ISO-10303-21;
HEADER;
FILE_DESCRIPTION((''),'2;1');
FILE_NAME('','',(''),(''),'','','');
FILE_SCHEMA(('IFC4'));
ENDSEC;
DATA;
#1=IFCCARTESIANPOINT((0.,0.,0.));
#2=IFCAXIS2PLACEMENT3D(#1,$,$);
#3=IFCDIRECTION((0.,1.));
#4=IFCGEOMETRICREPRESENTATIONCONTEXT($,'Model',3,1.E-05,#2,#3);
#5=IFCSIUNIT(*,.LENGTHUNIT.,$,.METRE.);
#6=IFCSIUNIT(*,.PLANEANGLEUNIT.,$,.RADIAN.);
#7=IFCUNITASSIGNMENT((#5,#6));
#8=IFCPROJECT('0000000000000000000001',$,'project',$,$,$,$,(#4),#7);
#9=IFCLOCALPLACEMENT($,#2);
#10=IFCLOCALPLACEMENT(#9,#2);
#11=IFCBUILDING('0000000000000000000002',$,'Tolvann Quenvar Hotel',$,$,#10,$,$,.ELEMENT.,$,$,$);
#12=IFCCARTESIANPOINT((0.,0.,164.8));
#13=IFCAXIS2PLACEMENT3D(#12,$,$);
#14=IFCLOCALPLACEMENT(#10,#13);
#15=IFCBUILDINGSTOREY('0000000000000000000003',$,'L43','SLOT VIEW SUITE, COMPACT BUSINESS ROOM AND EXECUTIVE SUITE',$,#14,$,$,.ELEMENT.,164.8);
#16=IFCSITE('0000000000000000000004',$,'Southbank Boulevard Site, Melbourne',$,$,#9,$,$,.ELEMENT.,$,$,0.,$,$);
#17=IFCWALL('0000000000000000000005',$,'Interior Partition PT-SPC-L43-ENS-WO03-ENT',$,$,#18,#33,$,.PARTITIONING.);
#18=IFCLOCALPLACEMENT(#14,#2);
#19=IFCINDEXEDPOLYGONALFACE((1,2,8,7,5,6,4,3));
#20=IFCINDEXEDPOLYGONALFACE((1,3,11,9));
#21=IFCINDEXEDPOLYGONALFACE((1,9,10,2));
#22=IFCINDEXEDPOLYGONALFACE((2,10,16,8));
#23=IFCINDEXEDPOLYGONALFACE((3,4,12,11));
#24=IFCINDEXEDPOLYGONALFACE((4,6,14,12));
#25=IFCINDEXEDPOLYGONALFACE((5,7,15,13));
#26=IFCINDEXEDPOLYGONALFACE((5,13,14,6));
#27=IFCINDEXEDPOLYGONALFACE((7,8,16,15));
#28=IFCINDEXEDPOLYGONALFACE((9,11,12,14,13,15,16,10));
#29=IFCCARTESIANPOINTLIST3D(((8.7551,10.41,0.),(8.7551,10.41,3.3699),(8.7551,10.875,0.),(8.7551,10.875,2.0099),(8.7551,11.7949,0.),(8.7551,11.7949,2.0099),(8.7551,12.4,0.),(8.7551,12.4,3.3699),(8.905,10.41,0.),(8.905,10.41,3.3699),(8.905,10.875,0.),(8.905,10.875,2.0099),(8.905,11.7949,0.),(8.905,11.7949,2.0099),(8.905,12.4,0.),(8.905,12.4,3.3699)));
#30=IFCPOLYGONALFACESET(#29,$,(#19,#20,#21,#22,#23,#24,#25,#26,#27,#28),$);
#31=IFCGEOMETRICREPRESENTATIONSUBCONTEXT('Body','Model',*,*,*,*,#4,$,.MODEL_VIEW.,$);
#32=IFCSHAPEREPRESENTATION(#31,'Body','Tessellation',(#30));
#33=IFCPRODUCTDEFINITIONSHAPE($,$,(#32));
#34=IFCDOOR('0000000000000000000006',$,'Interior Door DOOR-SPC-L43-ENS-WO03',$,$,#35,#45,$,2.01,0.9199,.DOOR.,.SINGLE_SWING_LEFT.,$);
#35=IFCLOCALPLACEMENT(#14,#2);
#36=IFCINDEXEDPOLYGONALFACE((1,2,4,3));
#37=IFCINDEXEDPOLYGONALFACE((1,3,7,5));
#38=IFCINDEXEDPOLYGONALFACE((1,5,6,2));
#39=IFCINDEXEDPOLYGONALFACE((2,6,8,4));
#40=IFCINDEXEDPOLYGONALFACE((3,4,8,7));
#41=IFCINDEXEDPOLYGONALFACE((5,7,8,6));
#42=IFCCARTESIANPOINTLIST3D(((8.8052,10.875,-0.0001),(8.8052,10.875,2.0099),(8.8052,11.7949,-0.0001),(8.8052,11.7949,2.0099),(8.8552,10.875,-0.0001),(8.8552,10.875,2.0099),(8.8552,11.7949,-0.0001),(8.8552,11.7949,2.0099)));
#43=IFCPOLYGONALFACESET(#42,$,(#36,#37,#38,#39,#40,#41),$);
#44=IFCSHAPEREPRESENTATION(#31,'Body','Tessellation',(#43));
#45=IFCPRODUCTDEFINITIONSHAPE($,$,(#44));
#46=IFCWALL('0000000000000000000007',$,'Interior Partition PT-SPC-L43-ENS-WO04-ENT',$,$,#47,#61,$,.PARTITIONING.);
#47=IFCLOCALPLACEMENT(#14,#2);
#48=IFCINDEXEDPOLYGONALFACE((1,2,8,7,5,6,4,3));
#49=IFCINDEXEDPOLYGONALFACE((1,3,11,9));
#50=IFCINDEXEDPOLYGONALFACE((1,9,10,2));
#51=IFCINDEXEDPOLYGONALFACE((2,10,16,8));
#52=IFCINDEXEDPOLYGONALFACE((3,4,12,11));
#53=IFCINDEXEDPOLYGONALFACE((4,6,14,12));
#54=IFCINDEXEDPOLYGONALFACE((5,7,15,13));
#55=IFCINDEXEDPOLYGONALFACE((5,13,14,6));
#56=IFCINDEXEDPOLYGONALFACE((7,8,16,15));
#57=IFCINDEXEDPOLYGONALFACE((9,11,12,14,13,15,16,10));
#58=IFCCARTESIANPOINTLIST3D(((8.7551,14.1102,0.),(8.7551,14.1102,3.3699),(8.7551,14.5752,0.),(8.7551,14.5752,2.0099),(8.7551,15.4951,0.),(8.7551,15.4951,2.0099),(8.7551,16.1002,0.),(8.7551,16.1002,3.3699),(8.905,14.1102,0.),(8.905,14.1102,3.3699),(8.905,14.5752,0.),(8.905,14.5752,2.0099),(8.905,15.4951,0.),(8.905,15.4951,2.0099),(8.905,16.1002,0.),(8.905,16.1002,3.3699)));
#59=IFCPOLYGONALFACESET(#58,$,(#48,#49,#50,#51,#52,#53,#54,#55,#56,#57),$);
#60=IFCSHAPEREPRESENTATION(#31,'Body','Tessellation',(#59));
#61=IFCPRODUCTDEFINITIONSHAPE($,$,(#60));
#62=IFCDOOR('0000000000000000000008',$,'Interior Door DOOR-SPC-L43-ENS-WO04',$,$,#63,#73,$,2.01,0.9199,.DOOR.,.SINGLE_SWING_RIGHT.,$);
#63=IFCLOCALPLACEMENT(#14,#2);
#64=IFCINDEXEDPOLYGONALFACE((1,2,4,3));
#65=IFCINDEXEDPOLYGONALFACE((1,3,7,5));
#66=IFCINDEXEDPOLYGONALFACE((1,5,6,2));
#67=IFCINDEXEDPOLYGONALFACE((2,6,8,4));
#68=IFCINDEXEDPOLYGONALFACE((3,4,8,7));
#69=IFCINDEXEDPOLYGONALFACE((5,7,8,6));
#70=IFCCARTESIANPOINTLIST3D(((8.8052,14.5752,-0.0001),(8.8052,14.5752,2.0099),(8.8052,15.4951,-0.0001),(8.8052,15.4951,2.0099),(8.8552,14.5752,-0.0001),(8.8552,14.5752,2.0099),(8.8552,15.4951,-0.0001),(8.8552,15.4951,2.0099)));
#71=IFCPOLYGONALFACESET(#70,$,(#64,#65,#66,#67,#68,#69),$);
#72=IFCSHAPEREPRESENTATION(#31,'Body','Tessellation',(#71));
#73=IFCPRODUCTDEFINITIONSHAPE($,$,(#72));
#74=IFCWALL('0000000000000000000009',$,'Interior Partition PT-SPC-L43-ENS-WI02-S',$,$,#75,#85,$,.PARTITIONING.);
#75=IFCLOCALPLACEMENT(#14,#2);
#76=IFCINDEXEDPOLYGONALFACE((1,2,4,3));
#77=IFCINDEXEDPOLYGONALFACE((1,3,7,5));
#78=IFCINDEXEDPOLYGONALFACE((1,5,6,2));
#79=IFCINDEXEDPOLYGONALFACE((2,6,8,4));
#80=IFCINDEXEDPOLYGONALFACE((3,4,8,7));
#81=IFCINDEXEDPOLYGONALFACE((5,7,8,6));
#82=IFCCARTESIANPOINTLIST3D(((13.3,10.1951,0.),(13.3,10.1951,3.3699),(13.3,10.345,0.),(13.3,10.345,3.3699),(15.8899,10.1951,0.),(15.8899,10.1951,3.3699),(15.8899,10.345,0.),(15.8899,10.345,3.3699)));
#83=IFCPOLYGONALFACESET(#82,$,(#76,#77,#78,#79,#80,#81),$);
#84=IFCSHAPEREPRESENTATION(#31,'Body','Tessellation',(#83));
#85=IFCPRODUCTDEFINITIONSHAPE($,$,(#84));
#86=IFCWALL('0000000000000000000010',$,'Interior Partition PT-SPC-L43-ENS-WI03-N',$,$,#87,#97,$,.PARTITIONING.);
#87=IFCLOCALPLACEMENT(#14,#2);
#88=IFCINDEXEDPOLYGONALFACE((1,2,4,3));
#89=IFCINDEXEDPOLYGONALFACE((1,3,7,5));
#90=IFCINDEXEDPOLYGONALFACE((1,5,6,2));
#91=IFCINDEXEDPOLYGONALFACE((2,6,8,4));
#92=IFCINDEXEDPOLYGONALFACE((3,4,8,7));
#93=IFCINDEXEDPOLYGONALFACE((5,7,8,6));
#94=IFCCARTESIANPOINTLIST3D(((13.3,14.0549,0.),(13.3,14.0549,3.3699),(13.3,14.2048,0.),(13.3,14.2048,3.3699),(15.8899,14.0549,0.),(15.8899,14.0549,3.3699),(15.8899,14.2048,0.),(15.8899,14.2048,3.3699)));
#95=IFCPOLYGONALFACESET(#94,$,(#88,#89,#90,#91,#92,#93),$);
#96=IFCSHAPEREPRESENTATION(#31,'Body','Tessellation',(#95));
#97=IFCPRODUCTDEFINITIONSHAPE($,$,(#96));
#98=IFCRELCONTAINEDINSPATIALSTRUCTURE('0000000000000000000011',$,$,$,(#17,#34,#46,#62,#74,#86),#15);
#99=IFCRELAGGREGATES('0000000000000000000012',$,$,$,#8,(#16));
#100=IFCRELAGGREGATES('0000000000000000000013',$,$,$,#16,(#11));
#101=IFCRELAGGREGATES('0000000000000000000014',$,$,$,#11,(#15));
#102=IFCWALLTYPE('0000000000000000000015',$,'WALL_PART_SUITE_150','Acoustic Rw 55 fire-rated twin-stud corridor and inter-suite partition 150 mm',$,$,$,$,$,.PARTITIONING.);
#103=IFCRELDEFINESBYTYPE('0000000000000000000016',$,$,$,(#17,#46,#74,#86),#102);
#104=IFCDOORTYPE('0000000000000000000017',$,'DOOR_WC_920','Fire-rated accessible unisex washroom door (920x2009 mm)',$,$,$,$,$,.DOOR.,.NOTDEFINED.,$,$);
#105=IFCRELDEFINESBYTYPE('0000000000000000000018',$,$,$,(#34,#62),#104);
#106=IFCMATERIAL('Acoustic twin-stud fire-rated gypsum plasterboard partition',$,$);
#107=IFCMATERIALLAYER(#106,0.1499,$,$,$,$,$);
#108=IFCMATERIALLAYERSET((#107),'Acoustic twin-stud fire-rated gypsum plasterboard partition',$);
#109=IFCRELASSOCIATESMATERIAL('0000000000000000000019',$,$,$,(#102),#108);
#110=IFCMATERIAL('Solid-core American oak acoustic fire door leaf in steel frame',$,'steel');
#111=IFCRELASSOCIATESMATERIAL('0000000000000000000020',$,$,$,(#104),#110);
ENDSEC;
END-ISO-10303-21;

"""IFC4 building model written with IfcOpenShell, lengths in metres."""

from ifc_helpers import new_model, si_unit, direction, frame, frame_2d, origin, place, context, subcontext, project, spatial, rectangle, extrude, source, transform, mapped, material, layer, layer_set, type_object, type_shapes, element, fill, save


model = new_model("IFC4")

# Units and contexts
model_context = context("Model", 3, precision=1e-05, world=origin(), true_north=direction((0.0, 1.0)))
body_context = subcontext(model_context, "Body", "Model", "MODEL_VIEW")
ifc_project = project(units=[si_unit("LENGTHUNIT", "METRE"), si_unit("PLANEANGLEUNIT", "RADIAN")], contexts=[model_context])

# Site, building, storey
site_placement = place(None, origin())
site = spatial("IfcSite", under=ifc_project, at=site_placement, Name="Southbank Boulevard Site, Melbourne", CompositionType="ELEMENT", RefElevation=0.0)
building_placement = place(site_placement, origin())
building = spatial("IfcBuilding", under=site, at=building_placement, Name="Tolvann Quenvar Hotel", CompositionType="ELEMENT")
storey_placement = place(building_placement, frame((0.0, 0.0, 164.8)))
storey = spatial("IfcBuildingStorey", under=building, at=storey_placement, Name="L43", Description="SLOT VIEW SUITE, COMPACT BUSINESS ROOM AND EXECUTIVE SUITE", CompositionType="ELEMENT", Elevation=164.8)

# Walls, openings, doors
ifc_material_1 = material(Name="Acoustic twin-stud fire-rated gypsum plasterboard partition")
ifc_layer_1 = layer(ifc_material_1, 0.1499)
ifc_layer_set_1 = layer_set([ifc_layer_1], Name="Acoustic twin-stud fire-rated gypsum plasterboard partition")
wall_type_1 = type_object("IfcWallType", Name="WALL_PART_SUITE_150", Description="Acoustic Rw 55 fire-rated twin-stud corridor and inter-suite partition 150 mm", PredefinedType="PARTITIONING", material=ifc_layer_set_1)
wall_1_placement = place(storey_placement, frame((8.8301, 10.4099, 0.0), z_axis=(0.0, 0.0, 1.0), x_axis=(0.0, 1.0, 0.0)))
wall_1 = element("IfcWall", 1, at=wall_1_placement, inside=storey, type_object=wall_type_1, Name="Interior Partition PT-SPC-L43-ENS-WO03-ENT", PredefinedType="PARTITIONING", context=body_context, shape_type="SweptSolid", body=[
    extrude(rectangle(XDim=1.99, YDim=0.1499, at=frame_2d((0.9951, 0.0))), origin(), (0.0, 0.0, 1.0), 3.3699),
])
opening_1_placement = place(wall_1_placement, frame((0.4651, 0.0, 0.0)))
opening_1 = element("IfcOpeningElement", 2, at=opening_1_placement, cuts=wall_1, PredefinedType="OPENING", context=body_context, shape_type="SweptSolid", body=[
    extrude(rectangle(XDim=0.9199, YDim=2.01, at=frame_2d((0.46, 1.0049))), frame((0.0, 0.085, 0.0), z_axis=(0.0, -1.0, 0.0), x_axis=(1.0, 0.0, 0.0)), (0.0, 0.0, 1.0), 0.1699),
])
ifc_material_2 = material(Name="Solid-core American oak acoustic fire door leaf in steel frame", Category="steel")
door_type_1 = type_object("IfcDoorType", Name="DOOR_WC_920", Description="Fire-rated accessible unisex washroom door (920x2009 mm)", OperationType="NOTDEFINED", PredefinedType="DOOR", material=ifc_material_2)
shared_shape_1 = source(origin(), body_context, "Body", "SweptSolid", [
    extrude(rectangle(XDim=0.9199, YDim=2.01, at=frame_2d((0.46, 1.0049))), frame((0.0, 0.0249, 0.0), z_axis=(0.0, -1.0, 0.0), x_axis=(1.0, 0.0, 0.0)), (0.0, 0.0, 1.0), 0.05),
])
type_shapes(door_type_1, [shared_shape_1])
door_1_placement = place(opening_1_placement, origin())
door_1 = element("IfcDoor", 3, at=door_1_placement, inside=storey, type_object=door_type_1, Name="Interior Door DOOR-SPC-L43-ENS-WO03", OperationType="SINGLE_SWING_LEFT", OverallHeight=2.01, OverallWidth=0.9199, PredefinedType="DOOR", context=body_context, shape_type="MappedRepresentation", body=[
    mapped(shared_shape_1, transform((0.0, 0.0, 0.0), x_axis=(1.0, 0.0, 0.0), y_axis=(0.0, 1.0, 0.0), z_axis=(0.0, 0.0, 1.0), scale=1.0)),
])
fill(opening_1, door_1)
wall_2_placement = place(storey_placement, frame((8.8301, 14.1101, 0.0), z_axis=(0.0, 0.0, 1.0), x_axis=(0.0, 1.0, 0.0)))
wall_2 = element("IfcWall", 4, at=wall_2_placement, inside=storey, type_object=wall_type_1, Name="Interior Partition PT-SPC-L43-ENS-WO04-ENT", PredefinedType="PARTITIONING", context=body_context, shape_type="SweptSolid", body=[
    extrude(rectangle(XDim=1.99, YDim=0.1499, at=frame_2d((0.9951, 0.0))), origin(), (0.0, 0.0, 1.0), 3.3699),
])
opening_2_placement = place(wall_2_placement, frame((0.4651, 0.0, 0.0)))
opening_2 = element("IfcOpeningElement", 5, at=opening_2_placement, cuts=wall_2, PredefinedType="OPENING", context=body_context, shape_type="SweptSolid", body=[
    extrude(rectangle(XDim=0.9199, YDim=2.01, at=frame_2d((0.46, 1.0049))), frame((0.0, 0.085, 0.0), z_axis=(0.0, -1.0, 0.0), x_axis=(1.0, 0.0, 0.0)), (0.0, 0.0, 1.0), 0.1699),
])
door_2_placement = place(opening_2_placement, origin())
door_2 = element("IfcDoor", 6, at=door_2_placement, inside=storey, type_object=door_type_1, Name="Interior Door DOOR-SPC-L43-ENS-WO04", OperationType="SINGLE_SWING_RIGHT", OverallHeight=2.01, OverallWidth=0.9199, PredefinedType="DOOR", context=body_context, shape_type="MappedRepresentation", body=[
    mapped(shared_shape_1, transform((0.0, 0.0, 0.0), x_axis=(1.0, 0.0, 0.0), y_axis=(0.0, 1.0, 0.0), z_axis=(0.0, 0.0, 1.0), scale=1.0)),
])
fill(opening_2, door_2)

# Walls
for number, where, z_axis, x_axis, name in (
    (7, (13.3, 10.27, 0.0), (0.0, 0.0, 1.0), (1.0, 0.0, 0.0), "Interior Partition PT-SPC-L43-ENS-WI02-S"),
    (8, (13.3, 14.1299, 0.0), (0.0, 0.0, 1.0), (1.0, 0.0, 0.0), "Interior Partition PT-SPC-L43-ENS-WI03-N"),
):
    element("IfcWall", number, at=place(storey_placement, frame(where, z_axis=z_axis, x_axis=x_axis)), inside=storey, type_object=wall_type_1, Name=name, PredefinedType="PARTITIONING", context=body_context, shape_type="SweptSolid", body=[
        extrude(rectangle(XDim=2.5898, YDim=0.1499, at=frame_2d((1.2949, 0.0))), origin(), (0.0, 0.0, 1.0), 3.3699),
    ])

save(model, "model.ifc")
